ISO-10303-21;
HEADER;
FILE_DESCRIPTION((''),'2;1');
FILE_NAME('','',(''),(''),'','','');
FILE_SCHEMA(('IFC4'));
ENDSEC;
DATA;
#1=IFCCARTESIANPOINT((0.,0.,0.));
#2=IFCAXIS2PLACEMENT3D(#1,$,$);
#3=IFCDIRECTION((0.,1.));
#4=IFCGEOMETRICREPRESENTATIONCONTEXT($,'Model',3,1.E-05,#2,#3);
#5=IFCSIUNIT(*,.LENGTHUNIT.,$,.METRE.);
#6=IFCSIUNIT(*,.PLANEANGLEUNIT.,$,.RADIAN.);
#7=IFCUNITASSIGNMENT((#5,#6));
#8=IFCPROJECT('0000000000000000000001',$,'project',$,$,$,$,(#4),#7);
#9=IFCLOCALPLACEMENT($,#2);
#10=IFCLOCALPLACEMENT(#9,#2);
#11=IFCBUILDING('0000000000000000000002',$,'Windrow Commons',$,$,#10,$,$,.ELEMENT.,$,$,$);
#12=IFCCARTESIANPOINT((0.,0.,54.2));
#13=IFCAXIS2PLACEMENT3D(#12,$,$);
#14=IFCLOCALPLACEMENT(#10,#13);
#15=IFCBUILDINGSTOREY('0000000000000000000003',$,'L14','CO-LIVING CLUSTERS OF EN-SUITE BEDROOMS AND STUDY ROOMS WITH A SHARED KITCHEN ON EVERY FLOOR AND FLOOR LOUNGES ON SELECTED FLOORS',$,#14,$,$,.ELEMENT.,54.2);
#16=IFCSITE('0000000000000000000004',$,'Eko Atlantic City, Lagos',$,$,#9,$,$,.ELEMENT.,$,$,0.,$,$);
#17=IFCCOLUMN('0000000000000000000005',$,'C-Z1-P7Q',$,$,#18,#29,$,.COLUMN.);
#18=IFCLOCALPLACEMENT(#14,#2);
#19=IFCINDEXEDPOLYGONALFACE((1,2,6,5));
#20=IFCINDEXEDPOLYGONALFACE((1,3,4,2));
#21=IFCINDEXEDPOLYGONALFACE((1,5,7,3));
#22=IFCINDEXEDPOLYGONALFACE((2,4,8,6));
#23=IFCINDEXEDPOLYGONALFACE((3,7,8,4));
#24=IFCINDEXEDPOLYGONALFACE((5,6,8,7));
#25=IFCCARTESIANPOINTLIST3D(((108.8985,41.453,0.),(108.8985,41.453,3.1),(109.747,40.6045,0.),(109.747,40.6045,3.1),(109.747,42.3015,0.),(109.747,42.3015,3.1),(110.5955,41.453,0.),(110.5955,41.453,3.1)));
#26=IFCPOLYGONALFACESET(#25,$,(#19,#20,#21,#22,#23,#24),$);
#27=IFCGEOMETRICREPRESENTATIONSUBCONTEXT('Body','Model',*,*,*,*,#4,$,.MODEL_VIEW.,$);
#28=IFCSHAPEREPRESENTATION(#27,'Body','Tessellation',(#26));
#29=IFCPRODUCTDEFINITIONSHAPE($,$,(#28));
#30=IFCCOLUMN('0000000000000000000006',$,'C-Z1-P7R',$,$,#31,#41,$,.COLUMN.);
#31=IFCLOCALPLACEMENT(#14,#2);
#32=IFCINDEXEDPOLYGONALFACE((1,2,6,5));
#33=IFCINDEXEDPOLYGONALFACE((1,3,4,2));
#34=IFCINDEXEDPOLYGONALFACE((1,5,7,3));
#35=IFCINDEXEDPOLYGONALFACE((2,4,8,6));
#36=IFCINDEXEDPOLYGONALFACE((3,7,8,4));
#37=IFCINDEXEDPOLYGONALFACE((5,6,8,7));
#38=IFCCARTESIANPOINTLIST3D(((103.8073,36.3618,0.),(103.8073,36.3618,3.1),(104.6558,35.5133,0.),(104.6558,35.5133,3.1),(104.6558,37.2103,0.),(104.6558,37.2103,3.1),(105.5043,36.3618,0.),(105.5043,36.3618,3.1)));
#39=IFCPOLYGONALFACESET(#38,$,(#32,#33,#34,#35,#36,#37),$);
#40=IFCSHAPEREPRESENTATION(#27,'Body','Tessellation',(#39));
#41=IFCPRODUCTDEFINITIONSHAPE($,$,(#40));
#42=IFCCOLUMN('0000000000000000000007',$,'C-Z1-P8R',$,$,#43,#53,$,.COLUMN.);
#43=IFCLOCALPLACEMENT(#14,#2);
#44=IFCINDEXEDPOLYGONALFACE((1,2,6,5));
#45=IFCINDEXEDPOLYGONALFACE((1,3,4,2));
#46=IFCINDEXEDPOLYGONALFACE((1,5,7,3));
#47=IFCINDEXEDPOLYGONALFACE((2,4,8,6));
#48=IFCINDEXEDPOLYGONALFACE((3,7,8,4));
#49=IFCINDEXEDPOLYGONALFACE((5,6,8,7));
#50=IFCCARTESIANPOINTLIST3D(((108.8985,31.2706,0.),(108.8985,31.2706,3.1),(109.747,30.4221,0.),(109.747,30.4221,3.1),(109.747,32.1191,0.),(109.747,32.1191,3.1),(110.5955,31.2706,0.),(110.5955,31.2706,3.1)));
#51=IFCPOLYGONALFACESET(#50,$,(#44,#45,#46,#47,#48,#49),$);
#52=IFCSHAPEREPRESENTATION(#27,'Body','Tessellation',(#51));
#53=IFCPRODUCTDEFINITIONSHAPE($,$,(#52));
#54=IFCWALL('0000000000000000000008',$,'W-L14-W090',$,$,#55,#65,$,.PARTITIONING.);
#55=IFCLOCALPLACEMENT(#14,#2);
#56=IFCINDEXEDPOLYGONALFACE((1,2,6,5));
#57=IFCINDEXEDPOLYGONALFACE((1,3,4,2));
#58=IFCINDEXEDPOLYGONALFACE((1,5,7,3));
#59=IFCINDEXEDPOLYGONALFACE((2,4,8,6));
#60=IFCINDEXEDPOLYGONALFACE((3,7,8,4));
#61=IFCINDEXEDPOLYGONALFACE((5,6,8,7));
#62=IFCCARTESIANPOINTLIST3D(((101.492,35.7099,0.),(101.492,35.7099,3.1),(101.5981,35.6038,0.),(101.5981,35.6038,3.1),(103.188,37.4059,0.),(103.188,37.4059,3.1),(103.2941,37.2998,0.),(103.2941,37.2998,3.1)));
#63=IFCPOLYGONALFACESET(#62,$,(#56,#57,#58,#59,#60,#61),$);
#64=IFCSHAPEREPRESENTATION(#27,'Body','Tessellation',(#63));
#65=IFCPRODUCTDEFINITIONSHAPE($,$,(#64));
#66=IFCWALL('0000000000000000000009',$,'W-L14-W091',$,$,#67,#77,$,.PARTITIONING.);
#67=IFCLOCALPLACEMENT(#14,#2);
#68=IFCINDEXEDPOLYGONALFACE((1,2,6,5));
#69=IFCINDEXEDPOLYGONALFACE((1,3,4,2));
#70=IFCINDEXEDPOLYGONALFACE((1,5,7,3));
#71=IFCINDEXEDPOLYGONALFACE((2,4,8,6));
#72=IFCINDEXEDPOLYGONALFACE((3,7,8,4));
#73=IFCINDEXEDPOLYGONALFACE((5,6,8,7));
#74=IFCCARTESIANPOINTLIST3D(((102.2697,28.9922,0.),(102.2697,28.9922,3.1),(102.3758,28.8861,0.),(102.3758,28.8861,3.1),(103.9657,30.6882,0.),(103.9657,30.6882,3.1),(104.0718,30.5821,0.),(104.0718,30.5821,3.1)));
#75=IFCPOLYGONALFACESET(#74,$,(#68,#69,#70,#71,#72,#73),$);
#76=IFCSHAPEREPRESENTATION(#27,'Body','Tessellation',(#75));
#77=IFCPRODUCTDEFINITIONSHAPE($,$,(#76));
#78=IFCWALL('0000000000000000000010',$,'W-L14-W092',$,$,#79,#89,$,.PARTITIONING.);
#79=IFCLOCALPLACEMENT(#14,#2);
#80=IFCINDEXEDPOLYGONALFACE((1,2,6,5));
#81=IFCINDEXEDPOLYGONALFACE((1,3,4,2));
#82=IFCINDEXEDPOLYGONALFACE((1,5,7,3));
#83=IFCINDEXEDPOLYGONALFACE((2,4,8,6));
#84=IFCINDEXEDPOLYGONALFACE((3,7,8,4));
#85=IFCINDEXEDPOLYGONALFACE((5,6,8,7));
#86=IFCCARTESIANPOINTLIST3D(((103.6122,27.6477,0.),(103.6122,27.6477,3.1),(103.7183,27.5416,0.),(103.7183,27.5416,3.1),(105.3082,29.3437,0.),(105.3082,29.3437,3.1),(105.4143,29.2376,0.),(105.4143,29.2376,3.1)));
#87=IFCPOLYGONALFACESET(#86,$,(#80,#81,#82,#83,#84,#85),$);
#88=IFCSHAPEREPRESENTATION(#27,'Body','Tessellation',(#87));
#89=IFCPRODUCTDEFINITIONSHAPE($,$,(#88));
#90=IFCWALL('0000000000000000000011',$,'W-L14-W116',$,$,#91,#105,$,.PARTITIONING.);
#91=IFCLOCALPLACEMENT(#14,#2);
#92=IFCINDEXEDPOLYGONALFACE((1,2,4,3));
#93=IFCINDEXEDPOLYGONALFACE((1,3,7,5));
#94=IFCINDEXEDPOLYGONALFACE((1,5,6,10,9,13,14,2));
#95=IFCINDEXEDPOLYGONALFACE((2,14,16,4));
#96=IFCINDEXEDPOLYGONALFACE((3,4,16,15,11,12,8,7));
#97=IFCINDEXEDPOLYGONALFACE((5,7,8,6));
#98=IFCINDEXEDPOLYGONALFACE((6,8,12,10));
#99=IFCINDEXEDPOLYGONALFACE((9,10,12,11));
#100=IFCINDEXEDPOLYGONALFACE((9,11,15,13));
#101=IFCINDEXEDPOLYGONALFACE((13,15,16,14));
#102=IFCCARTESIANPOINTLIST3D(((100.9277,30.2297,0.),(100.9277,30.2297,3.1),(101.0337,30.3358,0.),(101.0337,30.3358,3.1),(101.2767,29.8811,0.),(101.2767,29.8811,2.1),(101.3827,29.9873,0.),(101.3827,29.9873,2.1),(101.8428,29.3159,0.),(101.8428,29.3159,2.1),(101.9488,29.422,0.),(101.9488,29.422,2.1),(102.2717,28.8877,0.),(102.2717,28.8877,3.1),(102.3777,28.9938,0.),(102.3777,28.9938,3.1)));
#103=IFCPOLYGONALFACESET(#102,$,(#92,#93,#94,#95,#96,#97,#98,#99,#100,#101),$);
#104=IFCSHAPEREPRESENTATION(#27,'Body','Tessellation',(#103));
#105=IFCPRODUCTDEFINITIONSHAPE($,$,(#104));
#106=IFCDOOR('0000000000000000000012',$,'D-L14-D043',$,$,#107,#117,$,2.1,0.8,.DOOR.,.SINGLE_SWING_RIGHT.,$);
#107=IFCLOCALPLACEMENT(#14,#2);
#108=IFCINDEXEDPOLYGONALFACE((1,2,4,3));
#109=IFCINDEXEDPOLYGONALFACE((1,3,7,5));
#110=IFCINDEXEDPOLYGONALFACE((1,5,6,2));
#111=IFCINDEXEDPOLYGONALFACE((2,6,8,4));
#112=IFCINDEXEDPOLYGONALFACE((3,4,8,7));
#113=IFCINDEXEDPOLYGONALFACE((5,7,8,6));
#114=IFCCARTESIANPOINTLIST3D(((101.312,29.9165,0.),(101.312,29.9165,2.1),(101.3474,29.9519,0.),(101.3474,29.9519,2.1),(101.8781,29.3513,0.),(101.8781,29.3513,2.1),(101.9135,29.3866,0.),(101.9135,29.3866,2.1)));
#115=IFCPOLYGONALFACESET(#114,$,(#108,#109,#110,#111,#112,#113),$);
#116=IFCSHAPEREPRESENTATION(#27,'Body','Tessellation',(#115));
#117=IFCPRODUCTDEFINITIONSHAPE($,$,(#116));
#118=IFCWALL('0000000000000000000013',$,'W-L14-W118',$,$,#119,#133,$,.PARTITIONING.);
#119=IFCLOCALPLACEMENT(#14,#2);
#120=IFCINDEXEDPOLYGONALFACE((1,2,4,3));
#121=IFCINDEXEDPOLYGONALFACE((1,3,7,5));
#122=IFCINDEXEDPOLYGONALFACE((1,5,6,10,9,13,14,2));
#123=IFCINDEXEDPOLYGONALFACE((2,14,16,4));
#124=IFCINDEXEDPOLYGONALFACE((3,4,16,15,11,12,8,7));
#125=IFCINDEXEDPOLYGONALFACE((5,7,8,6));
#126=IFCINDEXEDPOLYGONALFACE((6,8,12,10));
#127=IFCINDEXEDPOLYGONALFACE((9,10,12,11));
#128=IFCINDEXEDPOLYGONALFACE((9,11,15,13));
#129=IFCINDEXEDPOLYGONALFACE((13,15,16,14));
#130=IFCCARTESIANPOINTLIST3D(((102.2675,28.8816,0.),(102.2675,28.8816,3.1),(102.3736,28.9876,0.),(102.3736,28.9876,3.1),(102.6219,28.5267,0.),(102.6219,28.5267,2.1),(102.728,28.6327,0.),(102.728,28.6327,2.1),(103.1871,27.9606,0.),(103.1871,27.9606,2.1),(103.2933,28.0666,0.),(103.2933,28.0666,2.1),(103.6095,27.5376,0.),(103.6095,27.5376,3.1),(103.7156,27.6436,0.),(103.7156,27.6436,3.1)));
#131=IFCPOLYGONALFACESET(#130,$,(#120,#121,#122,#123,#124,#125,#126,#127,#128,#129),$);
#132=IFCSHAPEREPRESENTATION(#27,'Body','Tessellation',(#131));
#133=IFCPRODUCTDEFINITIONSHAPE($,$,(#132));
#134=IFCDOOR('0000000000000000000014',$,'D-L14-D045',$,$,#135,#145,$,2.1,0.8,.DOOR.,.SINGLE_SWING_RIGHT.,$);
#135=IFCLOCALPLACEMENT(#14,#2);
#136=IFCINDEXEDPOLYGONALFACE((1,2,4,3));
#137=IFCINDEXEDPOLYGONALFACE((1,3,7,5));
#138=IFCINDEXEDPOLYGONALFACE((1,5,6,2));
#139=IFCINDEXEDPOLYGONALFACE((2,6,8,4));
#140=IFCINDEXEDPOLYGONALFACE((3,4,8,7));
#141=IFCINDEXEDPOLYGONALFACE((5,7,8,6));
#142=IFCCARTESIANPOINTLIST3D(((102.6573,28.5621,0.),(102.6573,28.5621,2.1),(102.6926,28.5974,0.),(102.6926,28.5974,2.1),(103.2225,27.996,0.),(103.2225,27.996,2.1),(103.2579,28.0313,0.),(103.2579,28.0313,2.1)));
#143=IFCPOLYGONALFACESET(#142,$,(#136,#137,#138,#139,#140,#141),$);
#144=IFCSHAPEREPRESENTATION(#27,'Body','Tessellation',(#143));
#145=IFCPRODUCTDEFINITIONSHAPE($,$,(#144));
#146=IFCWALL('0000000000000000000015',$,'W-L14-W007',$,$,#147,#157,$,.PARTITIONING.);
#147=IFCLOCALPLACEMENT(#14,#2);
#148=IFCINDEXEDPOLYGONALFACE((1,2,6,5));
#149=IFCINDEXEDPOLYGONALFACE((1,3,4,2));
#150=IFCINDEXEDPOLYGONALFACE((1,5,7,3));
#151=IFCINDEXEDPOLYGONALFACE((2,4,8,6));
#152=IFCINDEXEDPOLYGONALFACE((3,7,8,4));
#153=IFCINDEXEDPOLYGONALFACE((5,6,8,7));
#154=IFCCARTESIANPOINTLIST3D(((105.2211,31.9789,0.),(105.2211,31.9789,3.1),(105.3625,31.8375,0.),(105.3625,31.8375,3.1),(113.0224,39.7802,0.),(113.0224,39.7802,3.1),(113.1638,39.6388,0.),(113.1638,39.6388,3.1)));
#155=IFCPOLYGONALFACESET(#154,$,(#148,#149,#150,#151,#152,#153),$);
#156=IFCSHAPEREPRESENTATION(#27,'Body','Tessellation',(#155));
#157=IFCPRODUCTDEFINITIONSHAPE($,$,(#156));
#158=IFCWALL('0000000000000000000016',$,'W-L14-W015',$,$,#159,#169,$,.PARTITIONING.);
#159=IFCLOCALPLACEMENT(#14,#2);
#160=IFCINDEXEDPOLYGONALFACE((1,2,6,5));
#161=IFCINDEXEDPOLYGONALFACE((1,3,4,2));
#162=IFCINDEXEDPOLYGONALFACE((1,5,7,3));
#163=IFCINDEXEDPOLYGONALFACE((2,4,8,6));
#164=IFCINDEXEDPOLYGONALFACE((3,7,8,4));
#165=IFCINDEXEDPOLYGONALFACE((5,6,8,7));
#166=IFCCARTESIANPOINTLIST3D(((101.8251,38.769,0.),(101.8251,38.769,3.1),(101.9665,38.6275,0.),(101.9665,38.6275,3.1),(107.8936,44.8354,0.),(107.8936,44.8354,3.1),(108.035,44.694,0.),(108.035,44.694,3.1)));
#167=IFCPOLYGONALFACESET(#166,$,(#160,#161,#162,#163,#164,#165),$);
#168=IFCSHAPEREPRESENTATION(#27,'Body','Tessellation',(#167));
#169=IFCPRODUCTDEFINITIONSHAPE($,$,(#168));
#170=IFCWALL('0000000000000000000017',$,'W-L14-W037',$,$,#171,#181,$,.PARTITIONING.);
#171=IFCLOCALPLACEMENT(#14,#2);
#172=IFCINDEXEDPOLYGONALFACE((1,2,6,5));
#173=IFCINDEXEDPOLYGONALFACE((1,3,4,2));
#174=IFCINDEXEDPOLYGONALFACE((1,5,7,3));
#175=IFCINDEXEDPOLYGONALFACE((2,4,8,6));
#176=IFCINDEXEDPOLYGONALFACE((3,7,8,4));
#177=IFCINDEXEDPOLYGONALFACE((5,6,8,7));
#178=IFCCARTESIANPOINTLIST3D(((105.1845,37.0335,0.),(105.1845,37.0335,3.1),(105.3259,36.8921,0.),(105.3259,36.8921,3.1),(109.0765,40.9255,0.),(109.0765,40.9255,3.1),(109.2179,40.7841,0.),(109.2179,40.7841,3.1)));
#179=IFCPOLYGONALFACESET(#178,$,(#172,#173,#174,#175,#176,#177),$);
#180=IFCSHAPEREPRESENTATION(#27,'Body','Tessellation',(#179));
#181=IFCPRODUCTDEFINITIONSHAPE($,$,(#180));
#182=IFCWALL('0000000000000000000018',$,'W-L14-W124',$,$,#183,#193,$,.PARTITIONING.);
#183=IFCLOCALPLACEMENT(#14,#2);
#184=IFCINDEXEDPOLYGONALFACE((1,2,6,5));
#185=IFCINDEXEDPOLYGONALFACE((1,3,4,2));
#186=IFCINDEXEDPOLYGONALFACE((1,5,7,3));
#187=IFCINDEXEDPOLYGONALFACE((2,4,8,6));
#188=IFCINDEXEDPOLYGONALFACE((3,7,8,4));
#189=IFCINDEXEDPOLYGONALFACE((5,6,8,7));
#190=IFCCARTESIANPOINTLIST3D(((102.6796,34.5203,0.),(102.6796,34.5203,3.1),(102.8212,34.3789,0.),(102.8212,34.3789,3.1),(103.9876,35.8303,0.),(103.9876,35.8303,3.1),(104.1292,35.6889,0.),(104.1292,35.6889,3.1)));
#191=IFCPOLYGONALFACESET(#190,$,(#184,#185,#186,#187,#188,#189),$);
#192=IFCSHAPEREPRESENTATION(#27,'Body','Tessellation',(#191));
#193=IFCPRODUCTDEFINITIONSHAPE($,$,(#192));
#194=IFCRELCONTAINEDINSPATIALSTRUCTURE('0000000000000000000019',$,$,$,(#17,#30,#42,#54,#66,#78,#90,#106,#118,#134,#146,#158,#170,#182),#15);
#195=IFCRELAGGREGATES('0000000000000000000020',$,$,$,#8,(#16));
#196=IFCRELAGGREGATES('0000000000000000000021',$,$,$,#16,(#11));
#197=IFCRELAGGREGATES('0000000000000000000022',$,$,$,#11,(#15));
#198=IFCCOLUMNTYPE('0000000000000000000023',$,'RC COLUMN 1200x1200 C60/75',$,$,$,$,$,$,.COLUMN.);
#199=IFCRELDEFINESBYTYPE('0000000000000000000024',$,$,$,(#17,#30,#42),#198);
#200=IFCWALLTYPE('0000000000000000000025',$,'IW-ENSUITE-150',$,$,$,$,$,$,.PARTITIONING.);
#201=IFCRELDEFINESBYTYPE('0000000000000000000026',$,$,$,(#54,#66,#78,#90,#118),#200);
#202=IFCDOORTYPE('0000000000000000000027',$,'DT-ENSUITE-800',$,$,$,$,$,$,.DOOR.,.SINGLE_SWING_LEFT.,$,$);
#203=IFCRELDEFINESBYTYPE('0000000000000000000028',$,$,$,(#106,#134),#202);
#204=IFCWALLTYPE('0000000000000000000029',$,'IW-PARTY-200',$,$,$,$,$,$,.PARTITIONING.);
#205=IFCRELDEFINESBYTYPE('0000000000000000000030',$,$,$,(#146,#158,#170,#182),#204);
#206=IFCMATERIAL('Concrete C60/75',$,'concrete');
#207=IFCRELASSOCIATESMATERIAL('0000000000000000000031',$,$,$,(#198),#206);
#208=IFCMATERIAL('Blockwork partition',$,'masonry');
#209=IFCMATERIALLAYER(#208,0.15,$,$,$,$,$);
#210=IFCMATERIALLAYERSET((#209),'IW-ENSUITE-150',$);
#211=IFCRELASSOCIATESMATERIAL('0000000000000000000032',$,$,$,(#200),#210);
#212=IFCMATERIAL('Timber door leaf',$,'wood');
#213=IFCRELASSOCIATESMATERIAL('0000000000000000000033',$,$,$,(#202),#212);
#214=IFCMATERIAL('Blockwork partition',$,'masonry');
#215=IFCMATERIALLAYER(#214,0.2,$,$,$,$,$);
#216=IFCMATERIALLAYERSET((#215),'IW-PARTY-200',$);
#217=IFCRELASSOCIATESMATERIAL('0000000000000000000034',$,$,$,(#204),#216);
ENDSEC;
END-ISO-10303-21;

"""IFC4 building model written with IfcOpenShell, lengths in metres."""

from ifc_helpers import new_model, si_unit, direction, frame, frame_2d, origin, origin_2d, place, context, subcontext, project, spatial, rectangle, extrude, material, layer, layer_set, material_profile, profile_set, type_object, element, fill, save


model = new_model("IFC4")

# Units and contexts
model_context = context("Model", 3, precision=1e-05, world=origin(), true_north=direction((0.0, 1.0)))
body_context = subcontext(model_context, "Body", "Model", "MODEL_VIEW")
ifc_project = project(units=[si_unit("LENGTHUNIT", "METRE"), si_unit("PLANEANGLEUNIT", "RADIAN")], contexts=[model_context])

# Site, building, storey
site_placement = place(None, origin())
site = spatial("IfcSite", under=ifc_project, at=site_placement, Name="Eko Atlantic City, Lagos", CompositionType="ELEMENT", RefElevation=0.0)
building_placement = place(site_placement, origin())
building = spatial("IfcBuilding", under=site, at=building_placement, Name="Windrow Commons", CompositionType="ELEMENT")
storey_placement = place(building_placement, frame((0.0, 0.0, 54.2)))
storey = spatial("IfcBuildingStorey", under=building, at=storey_placement, Name="L14", Description="CO-LIVING CLUSTERS OF EN-SUITE BEDROOMS AND STUDY ROOMS WITH A SHARED KITCHEN ON EVERY FLOOR AND FLOOR LOUNGES ON SELECTED FLOORS", CompositionType="ELEMENT", Elevation=54.2)

# Columns
ifc_material_1 = material(Name="Concrete C60/75", Category="concrete")
ifc_material_profile = material_profile(ifc_material_1, rectangle(XDim=1.2, YDim=1.2, at=origin_2d()))
ifc_profile_set = profile_set([ifc_material_profile], Name="Concrete C60/75")
column_type = type_object("IfcColumnType", Name="RC COLUMN 1200x1200 C60/75", PredefinedType="COLUMN", material=ifc_profile_set)
for number, where, z_axis, x_axis, name in (
    (1, (109.747, 41.453, 0.0), (0.0, 0.0, 1.0), (0.707107, -0.707107, 0.0), "C-Z1-P7Q"),
    (2, (104.6558, 36.3618, 0.0), (0.0, 0.0, 1.0), (0.707107, -0.707107, 0.0), "C-Z1-P7R"),
    (3, (109.747, 31.2706, 0.0), (0.0, 0.0, 1.0), (0.707107, -0.707107, 0.0), "C-Z1-P8R"),
):
    element("IfcColumn", number, at=place(storey_placement, frame(where, z_axis=z_axis, x_axis=x_axis)), inside=storey, type_object=column_type, Name=name, PredefinedType="COLUMN", context=body_context, shape_type="SweptSolid", body=[
        extrude(rectangle(XDim=1.2, YDim=1.2, at=origin_2d()), origin(), (0.0, 0.0, 1.0), 3.1),
    ])

# Walls
ifc_material_2 = material(Name="Blockwork partition", Category="masonry")
ifc_layer_1 = layer(ifc_material_2, 0.15)
ifc_layer_set_1 = layer_set([ifc_layer_1], Name="IW-ENSUITE-150")
wall_type_1 = type_object("IfcWallType", Name="IW-ENSUITE-150", PredefinedType="PARTITIONING", material=ifc_layer_set_1)
for number, where, z_axis, x_axis, name in (
    (4, (101.5451, 35.6569, 0.0), (0.0, 0.0, 1.0), (0.707107, 0.707107, 0.0), "W-L14-W090"),
    (5, (102.3228, 28.9392, 0.0), (0.0, 0.0, 1.0), (0.707107, 0.707107, 0.0), "W-L14-W091"),
    (6, (103.6653, 27.5947, 0.0), (0.0, 0.0, 1.0), (0.707107, 0.707107, 0.0), "W-L14-W092"),
):
    element("IfcWall", number, at=place(storey_placement, frame(where, z_axis=z_axis, x_axis=x_axis)), inside=storey, type_object=wall_type_1, Name=name, PredefinedType="PARTITIONING", context=body_context, shape_type="SweptSolid", body=[
        extrude(rectangle(XDim=2.3985, YDim=0.15, at=frame_2d((1.1992, 0.0))), origin(), (0.0, 0.0, 1.0), 3.1),
    ])

# Walls, openings, doors
wall_1_placement = place(storey_placement, frame((100.9807, 30.2827, 0.0), z_axis=(0.0, 0.0, 1.0), x_axis=(0.707633, -0.70658, 0.0)))
wall_1 = element("IfcWall", 7, at=wall_1_placement, inside=storey, type_object=wall_type_1, Name="W-L14-W116", PredefinedType="PARTITIONING", context=body_context, shape_type="SweptSolid", body=[
    extrude(rectangle(XDim=1.8993, YDim=0.15, at=frame_2d((0.9496, 0.0))), origin(), (0.0, 0.0, 1.0), 3.1),
])
opening_1_placement = place(wall_1_placement, frame((0.4932, 0.0, 0.0)))
opening_1 = element("IfcOpeningElement", 8, at=opening_1_placement, cuts=wall_1, PredefinedType="OPENING", context=body_context, shape_type="SweptSolid", body=[
    extrude(rectangle(XDim=0.8, YDim=2.1, at=frame_2d((0.4, 1.05))), frame((0.0, 0.085, 0.0), z_axis=(0.0, -1.0, 0.0), x_axis=(1.0, 0.0, 0.0)), (0.0, 0.0, 1.0), 0.17),
])
ifc_material_3 = material(Name="Timber door leaf", Category="wood")
door_type = type_object("IfcDoorType", Name="DT-ENSUITE-800", OperationType="SINGLE_SWING_LEFT", PredefinedType="DOOR", material=ifc_material_3)
door_1_placement = place(opening_1_placement, origin())
door_1 = element("IfcDoor", 9, at=door_1_placement, inside=storey, type_object=door_type, Name="D-L14-D043", OperationType="SINGLE_SWING_RIGHT", OverallHeight=2.1, OverallWidth=0.8, PredefinedType="DOOR", context=body_context, shape_type="SweptSolid", body=[
    extrude(rectangle(XDim=0.8, YDim=2.1, at=frame_2d((0.4, 1.05))), frame((0.0, 0.025, 0.0), z_axis=(0.0, -1.0, 0.0), x_axis=(1.0, 0.0, 0.0)), (0.0, 0.0, 1.0), 0.05),
])
fill(opening_1, door_1)
wall_2_placement = place(storey_placement, frame((102.3206, 28.9346, 0.0), z_axis=(0.0, 0.0, 1.0), x_axis=(0.70658, -0.707633, 0.0)))
wall_2 = element("IfcWall", 10, at=wall_2_placement, inside=storey, type_object=wall_type_1, Name="W-L14-W118", PredefinedType="PARTITIONING", context=body_context, shape_type="SweptSolid", body=[
    extrude(rectangle(XDim=1.8993, YDim=0.15, at=frame_2d((0.9496, 0.0))), origin(), (0.0, 0.0, 1.0), 3.1),
])
opening_2_placement = place(wall_2_placement, frame((0.5015, 0.0, 0.0)))
opening_2 = element("IfcOpeningElement", 11, at=opening_2_placement, cuts=wall_2, PredefinedType="OPENING", context=body_context, shape_type="SweptSolid", body=[
    extrude(rectangle(XDim=0.8, YDim=2.1, at=frame_2d((0.4, 1.05))), frame((0.0, 0.085, 0.0), z_axis=(0.0, -1.0, 0.0), x_axis=(1.0, 0.0, 0.0)), (0.0, 0.0, 1.0), 0.17),
])
door_2_placement = place(opening_2_placement, origin())
door_2 = element("IfcDoor", 12, at=door_2_placement, inside=storey, type_object=door_type, Name="D-L14-D045", OperationType="SINGLE_SWING_RIGHT", OverallHeight=2.1, OverallWidth=0.8, PredefinedType="DOOR", context=body_context, shape_type="SweptSolid", body=[
    extrude(rectangle(XDim=0.8, YDim=2.1, at=frame_2d((0.4, 1.05))), frame((0.0, 0.025, 0.0), z_axis=(0.0, -1.0, 0.0), x_axis=(1.0, 0.0, 0.0)), (0.0, 0.0, 1.0), 0.05),
])
fill(opening_2, door_2)

# Walls
ifc_material_4 = material(Name="Blockwork partition", Category="masonry")
ifc_layer_2 = layer(ifc_material_4, 0.2)
ifc_layer_set_2 = layer_set([ifc_layer_2], Name="IW-PARTY-200")
wall_type_2 = type_object("IfcWallType", Name="IW-PARTY-200", PredefinedType="PARTITIONING", material=ifc_layer_set_2)
wall_3_placement = place(storey_placement, frame((105.2918, 31.9082, 0.0), z_axis=(0.0, 0.0, 1.0), x_axis=(0.707107, 0.707107, 0.0)))
element("IfcWall", 13, at=wall_3_placement, inside=storey, type_object=wall_type_2, Name="W-L14-W007", PredefinedType="PARTITIONING", context=body_context, shape_type="SweptSolid", body=[
    extrude(rectangle(XDim=11.0327, YDim=0.2, at=frame_2d((5.5164, 0.0))), origin(), (0.0, 0.0, 1.0), 3.1),
])
wall_4_placement = place(storey_placement, frame((101.8958, 38.6982, 0.0), z_axis=(0.0, 0.0, 1.0), x_axis=(0.707223, 0.70699, 0.0)))
element("IfcWall", 14, at=wall_4_placement, inside=storey, type_object=wall_type_2, Name="W-L14-W015", PredefinedType="PARTITIONING", context=body_context, shape_type="SweptSolid", body=[
    extrude(rectangle(XDim=8.5807, YDim=0.2, at=frame_2d((4.2904, 0.0))), origin(), (0.0, 0.0, 1.0), 3.1),
])
wall_5_placement = place(storey_placement, frame((105.2552, 36.9628, 0.0), z_axis=(0.0, 0.0, 1.0), x_axis=(0.707107, 0.707107, 0.0)))
element("IfcWall", 15, at=wall_5_placement, inside=storey, type_object=wall_type_2, Name="W-L14-W037", PredefinedType="PARTITIONING", context=body_context, shape_type="SweptSolid", body=[
    extrude(rectangle(XDim=5.5041, YDim=0.2, at=frame_2d((2.7521, 0.0))), origin(), (0.0, 0.0, 1.0), 3.1),
])
wall_6_placement = place(storey_placement, frame((102.7504, 34.4496, 0.0), z_axis=(0.0, 0.0, 1.0), x_axis=(0.706566, 0.707647, 0.0)))
element("IfcWall", 16, at=wall_6_placement, inside=storey, type_object=wall_type_2, Name="W-L14-W124", PredefinedType="PARTITIONING", context=body_context, shape_type="SweptSolid", body=[
    extrude(rectangle(XDim=1.8512, YDim=0.2, at=frame_2d((0.9256, 0.0))), origin(), (0.0, 0.0, 1.0), 3.1),
])

save(model, "model.ifc")
